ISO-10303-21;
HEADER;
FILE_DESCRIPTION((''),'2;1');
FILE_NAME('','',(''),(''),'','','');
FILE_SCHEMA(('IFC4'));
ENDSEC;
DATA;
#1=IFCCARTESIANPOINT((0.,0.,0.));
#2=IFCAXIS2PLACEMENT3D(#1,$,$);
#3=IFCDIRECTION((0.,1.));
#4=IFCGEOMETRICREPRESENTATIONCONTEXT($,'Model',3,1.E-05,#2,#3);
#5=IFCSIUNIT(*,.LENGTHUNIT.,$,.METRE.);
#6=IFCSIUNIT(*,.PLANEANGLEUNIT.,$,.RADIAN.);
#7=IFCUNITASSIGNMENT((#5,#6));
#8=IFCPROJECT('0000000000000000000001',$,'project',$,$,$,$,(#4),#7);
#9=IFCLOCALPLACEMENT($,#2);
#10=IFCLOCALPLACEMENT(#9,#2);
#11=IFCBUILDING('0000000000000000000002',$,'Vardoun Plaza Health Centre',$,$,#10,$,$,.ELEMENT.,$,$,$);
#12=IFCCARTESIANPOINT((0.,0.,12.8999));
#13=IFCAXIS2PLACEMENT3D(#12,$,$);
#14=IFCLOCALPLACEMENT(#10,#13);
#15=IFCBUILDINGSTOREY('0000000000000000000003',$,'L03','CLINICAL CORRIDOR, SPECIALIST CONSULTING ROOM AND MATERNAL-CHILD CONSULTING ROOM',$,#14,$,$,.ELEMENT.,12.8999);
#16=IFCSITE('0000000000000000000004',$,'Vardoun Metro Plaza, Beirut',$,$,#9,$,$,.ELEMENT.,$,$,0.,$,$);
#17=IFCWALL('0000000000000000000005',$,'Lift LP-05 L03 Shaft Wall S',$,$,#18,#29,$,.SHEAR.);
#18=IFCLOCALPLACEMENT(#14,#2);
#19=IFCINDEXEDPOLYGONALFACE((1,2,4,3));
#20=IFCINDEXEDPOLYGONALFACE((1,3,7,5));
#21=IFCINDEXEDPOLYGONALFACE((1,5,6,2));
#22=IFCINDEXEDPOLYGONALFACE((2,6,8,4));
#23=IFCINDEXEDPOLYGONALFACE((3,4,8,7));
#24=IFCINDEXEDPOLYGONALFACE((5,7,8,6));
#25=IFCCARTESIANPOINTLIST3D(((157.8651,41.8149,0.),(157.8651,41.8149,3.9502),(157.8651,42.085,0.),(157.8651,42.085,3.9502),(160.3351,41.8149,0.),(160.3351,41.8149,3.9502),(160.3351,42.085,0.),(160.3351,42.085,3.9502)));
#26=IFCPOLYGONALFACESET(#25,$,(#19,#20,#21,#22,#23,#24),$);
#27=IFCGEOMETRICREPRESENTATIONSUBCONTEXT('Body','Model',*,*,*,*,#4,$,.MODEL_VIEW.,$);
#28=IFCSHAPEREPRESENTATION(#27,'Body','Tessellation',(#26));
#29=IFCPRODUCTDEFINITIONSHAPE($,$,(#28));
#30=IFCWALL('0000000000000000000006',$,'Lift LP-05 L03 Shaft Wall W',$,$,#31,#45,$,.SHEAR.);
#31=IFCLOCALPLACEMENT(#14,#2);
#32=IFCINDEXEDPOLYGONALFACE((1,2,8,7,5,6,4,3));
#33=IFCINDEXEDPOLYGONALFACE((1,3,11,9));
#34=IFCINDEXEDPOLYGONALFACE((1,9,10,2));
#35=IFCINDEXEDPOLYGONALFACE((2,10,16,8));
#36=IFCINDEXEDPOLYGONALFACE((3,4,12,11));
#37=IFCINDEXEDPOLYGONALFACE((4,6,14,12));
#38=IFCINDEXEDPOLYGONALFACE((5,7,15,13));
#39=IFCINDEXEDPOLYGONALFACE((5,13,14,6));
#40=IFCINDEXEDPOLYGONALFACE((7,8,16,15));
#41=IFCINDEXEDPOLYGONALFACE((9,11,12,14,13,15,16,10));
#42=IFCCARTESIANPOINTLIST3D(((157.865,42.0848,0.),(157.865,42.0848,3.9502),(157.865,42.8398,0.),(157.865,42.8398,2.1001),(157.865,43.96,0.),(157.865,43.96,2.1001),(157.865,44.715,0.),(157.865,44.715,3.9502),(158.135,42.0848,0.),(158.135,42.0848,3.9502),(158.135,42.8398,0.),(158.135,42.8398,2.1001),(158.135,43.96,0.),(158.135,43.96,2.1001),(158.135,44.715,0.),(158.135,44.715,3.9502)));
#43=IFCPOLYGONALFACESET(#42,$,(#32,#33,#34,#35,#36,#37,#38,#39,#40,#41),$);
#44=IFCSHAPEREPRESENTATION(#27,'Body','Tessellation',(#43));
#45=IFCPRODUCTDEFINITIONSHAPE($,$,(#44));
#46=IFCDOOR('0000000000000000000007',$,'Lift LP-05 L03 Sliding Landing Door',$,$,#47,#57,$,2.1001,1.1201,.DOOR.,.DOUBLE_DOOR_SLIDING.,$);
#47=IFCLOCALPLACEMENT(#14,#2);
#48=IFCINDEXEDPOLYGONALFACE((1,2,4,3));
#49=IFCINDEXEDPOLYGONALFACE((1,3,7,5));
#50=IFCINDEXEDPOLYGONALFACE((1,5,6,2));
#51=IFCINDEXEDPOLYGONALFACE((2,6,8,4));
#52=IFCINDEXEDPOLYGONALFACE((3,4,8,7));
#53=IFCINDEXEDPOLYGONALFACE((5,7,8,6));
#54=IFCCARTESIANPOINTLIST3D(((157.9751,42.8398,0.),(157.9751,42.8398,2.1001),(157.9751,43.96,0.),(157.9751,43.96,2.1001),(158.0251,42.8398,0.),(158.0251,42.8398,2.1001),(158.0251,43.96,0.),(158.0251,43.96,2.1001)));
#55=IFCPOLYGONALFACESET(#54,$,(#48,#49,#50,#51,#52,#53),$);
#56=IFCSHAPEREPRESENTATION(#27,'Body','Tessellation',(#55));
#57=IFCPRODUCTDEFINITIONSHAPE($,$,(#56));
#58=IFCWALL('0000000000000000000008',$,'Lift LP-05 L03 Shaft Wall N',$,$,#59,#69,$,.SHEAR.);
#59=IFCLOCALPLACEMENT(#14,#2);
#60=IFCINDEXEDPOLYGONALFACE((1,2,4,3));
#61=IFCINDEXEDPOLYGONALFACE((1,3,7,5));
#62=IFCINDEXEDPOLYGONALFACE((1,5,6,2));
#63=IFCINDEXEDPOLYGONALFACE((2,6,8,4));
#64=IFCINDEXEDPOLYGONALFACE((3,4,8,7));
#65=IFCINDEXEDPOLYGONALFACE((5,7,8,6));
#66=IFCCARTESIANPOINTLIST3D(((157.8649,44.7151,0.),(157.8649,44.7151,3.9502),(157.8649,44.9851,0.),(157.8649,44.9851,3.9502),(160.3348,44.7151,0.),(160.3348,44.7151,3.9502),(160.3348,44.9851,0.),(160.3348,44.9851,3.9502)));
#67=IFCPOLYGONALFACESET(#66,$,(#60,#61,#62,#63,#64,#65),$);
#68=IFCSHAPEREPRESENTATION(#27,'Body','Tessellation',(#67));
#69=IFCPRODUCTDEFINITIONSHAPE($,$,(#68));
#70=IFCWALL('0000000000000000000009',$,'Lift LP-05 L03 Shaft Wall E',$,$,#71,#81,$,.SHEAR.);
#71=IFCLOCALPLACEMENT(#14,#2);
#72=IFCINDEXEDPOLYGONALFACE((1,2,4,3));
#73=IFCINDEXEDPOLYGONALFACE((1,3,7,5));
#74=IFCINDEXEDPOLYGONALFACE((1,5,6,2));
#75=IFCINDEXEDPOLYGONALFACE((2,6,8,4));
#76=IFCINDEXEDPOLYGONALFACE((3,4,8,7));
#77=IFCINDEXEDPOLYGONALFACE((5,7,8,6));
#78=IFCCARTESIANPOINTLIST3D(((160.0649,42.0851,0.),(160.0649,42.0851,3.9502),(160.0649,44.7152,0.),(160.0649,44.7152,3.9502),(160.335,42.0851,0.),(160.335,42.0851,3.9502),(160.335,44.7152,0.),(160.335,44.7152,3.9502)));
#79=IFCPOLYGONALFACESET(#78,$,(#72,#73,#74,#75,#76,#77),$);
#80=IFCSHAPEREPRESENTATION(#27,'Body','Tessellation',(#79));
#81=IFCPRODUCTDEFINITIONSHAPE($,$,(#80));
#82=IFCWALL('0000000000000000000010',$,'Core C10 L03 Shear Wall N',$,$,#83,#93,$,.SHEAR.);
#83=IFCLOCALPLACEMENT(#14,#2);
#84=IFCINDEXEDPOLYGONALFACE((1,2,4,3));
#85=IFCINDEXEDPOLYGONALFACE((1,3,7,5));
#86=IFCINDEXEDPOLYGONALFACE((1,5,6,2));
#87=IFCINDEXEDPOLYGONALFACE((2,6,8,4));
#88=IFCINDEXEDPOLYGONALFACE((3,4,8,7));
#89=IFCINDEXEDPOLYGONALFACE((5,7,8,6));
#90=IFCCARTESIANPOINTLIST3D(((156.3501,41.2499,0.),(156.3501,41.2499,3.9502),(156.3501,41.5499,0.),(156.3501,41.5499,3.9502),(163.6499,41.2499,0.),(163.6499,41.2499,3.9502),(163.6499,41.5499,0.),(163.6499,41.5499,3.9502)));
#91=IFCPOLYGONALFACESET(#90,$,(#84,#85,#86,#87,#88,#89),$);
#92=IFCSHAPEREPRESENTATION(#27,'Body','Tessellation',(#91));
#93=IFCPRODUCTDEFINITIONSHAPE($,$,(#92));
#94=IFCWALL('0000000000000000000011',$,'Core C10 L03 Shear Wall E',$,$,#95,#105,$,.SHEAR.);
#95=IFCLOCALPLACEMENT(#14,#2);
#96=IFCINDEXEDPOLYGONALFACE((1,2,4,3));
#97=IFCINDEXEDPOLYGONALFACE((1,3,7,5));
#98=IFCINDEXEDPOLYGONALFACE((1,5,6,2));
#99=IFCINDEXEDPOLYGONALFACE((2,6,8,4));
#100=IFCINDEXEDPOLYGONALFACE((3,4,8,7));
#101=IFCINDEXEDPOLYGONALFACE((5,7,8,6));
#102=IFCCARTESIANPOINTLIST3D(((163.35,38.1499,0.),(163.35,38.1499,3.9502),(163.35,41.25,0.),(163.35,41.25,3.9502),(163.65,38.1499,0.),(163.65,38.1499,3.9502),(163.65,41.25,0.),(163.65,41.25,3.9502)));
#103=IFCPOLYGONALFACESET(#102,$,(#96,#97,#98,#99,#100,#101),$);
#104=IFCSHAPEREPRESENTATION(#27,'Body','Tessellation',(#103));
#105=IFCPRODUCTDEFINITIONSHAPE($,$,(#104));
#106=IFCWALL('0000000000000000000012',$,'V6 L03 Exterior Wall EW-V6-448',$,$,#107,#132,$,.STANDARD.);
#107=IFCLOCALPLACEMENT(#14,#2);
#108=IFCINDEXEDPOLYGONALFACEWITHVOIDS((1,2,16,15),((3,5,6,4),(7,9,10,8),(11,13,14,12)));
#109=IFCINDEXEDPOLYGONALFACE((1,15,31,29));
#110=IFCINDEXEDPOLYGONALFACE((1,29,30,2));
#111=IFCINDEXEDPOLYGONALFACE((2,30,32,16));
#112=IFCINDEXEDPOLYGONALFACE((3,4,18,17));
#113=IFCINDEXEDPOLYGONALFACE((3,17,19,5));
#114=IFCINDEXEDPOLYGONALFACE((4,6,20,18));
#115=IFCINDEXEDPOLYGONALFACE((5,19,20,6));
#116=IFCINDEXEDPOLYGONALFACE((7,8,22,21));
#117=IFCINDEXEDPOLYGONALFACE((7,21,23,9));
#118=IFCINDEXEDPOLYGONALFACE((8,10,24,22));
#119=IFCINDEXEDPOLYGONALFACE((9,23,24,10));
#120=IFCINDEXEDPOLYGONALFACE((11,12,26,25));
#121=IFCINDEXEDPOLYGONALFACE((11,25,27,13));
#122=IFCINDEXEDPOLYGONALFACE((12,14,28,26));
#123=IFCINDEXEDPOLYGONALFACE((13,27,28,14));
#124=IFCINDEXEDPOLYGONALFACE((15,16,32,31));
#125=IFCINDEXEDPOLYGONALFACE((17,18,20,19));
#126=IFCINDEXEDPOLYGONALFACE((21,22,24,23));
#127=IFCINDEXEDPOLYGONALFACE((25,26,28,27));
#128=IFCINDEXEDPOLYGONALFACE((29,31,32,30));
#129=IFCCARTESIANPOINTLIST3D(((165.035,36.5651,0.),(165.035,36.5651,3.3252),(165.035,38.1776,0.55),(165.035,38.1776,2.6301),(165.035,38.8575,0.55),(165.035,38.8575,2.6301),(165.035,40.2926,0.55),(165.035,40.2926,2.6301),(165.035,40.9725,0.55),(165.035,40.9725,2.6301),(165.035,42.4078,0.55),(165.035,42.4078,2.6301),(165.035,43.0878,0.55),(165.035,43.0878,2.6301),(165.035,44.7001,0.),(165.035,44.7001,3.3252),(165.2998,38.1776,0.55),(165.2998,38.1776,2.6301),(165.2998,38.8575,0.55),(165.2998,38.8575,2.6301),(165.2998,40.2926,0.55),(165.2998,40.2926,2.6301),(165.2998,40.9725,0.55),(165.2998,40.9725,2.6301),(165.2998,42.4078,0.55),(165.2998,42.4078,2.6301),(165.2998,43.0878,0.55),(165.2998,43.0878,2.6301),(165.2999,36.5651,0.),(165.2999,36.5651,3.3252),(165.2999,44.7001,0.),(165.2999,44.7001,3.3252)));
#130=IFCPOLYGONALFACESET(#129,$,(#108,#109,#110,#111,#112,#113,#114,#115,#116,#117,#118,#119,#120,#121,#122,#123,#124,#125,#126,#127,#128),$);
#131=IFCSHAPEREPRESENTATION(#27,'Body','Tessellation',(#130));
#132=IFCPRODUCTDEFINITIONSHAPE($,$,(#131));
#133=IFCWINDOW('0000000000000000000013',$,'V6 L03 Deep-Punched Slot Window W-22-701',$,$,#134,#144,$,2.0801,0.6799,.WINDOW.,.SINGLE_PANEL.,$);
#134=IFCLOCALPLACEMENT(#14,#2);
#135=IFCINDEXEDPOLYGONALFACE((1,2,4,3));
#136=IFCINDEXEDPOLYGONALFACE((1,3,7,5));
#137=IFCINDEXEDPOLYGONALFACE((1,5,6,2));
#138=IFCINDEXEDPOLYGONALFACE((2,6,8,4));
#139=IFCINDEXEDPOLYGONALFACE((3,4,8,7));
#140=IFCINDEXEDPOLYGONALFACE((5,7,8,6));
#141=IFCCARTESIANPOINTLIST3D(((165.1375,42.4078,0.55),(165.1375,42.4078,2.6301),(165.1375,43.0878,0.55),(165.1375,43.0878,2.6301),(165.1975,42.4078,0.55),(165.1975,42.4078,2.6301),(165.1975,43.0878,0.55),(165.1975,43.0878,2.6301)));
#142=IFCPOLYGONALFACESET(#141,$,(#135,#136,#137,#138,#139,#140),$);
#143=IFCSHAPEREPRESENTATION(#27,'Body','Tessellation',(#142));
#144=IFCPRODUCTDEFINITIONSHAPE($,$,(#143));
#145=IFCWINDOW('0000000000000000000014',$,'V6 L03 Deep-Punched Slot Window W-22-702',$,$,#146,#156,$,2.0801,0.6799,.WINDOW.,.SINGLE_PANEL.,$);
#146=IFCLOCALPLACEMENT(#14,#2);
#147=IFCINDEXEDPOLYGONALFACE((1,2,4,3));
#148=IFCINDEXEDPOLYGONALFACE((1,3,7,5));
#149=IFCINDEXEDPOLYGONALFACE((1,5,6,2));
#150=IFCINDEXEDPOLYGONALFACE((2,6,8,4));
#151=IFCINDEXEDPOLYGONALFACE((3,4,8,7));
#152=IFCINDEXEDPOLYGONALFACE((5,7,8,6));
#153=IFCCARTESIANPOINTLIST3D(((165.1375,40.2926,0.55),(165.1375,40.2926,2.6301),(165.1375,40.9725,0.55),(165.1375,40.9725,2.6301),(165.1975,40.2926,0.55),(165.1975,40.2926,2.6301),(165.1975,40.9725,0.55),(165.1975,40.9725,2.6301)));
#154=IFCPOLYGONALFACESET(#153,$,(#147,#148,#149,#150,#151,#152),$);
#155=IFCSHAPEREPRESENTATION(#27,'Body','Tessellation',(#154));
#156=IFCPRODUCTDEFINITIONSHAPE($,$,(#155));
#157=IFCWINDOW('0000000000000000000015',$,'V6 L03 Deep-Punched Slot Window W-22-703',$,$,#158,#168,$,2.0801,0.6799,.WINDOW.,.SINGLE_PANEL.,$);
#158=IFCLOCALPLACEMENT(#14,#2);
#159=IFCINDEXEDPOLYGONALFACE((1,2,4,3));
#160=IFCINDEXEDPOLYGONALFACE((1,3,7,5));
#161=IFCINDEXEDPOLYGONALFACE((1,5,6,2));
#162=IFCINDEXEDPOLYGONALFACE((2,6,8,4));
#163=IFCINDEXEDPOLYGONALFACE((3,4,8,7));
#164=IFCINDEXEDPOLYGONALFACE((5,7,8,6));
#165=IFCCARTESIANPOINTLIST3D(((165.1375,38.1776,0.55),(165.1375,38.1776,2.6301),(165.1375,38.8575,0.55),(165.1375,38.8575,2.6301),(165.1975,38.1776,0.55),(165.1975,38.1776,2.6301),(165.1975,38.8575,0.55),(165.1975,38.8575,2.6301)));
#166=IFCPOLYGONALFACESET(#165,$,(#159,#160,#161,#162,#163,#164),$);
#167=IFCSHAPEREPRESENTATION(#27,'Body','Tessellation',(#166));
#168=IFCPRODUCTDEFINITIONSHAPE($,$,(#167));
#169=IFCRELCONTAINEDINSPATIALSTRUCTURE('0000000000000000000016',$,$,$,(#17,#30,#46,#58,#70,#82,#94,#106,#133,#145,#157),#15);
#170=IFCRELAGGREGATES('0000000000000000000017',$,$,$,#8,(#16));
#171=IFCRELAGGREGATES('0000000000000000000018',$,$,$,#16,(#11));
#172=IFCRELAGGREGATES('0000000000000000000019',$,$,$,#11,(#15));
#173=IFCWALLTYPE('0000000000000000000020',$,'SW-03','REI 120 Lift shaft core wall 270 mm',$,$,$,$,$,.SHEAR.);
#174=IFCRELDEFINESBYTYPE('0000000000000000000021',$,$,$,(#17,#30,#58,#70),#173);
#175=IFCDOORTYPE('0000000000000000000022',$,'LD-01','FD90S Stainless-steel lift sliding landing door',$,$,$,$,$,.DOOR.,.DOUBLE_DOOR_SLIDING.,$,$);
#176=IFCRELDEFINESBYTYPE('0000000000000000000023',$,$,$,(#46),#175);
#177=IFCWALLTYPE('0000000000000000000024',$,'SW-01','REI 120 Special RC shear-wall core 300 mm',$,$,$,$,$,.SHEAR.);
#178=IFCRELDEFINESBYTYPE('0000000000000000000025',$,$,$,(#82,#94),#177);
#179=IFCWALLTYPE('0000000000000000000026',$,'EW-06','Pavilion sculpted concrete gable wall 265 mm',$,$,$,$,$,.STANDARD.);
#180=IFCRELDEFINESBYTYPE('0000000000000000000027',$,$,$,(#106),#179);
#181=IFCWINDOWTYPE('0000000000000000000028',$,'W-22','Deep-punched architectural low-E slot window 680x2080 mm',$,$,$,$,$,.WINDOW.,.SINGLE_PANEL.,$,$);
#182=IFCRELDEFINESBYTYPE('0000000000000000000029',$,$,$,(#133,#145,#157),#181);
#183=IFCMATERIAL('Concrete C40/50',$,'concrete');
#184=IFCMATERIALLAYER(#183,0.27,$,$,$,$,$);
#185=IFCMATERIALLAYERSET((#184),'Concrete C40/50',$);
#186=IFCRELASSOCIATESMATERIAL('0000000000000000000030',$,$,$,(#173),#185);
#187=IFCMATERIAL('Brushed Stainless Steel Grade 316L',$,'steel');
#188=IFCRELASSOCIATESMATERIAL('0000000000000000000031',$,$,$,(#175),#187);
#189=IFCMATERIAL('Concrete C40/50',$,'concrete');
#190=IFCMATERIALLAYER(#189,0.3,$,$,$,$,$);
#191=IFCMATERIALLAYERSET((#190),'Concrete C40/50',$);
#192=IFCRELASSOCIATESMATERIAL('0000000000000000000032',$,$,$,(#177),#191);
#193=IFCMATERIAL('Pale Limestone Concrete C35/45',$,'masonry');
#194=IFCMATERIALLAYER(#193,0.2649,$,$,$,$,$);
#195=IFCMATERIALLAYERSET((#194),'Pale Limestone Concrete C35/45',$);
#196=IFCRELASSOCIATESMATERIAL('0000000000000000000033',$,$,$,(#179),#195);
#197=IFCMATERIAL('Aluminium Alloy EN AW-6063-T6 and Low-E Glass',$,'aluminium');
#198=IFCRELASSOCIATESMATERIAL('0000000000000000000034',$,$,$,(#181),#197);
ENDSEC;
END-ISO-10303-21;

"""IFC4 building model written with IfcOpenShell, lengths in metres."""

from ifc_helpers import new_model, si_unit, direction, frame, frame_2d, origin, place, context, subcontext, project, spatial, rectangle, extrude, material, layer, layer_set, type_object, element, fill, save


model = new_model("IFC4")

# Units and contexts
model_context = context("Model", 3, precision=1e-05, world=origin(), true_north=direction((0.0, 1.0)))
body_context = subcontext(model_context, "Body", "Model", "MODEL_VIEW")
ifc_project = project(units=[si_unit("LENGTHUNIT", "METRE"), si_unit("PLANEANGLEUNIT", "RADIAN")], contexts=[model_context])

# Site, building, storey
site_placement = place(None, origin())
site = spatial("IfcSite", under=ifc_project, at=site_placement, Name="Vardoun Metro Plaza, Beirut", CompositionType="ELEMENT", RefElevation=0.0)
building_placement = place(site_placement, origin())
building = spatial("IfcBuilding", under=site, at=building_placement, Name="Vardoun Plaza Health Centre", CompositionType="ELEMENT")
storey_placement = place(building_placement, frame((0.0, 0.0, 12.8999)))
storey = spatial("IfcBuildingStorey", under=building, at=storey_placement, Name="L03", Description="CLINICAL CORRIDOR, SPECIALIST CONSULTING ROOM AND MATERNAL-CHILD CONSULTING ROOM", CompositionType="ELEMENT", Elevation=12.8999)

# Wall
ifc_material_1 = material(Name="Concrete C40/50", Category="concrete")
ifc_layer_1 = layer(ifc_material_1, 0.27)
ifc_layer_set_1 = layer_set([ifc_layer_1], Name="Concrete C40/50")
wall_type_1 = type_object("IfcWallType", Name="SW-03", Description="REI 120 Lift shaft core wall 270 mm", PredefinedType="SHEAR", material=ifc_layer_set_1)
wall_1_placement = place(storey_placement, frame((160.335, 41.95, 0.0), z_axis=(0.0, 0.0, 1.0), x_axis=(-1.0, 0.0, 0.0)))
element("IfcWall", 1, at=wall_1_placement, inside=storey, type_object=wall_type_1, Name="Lift LP-05 L03 Shaft Wall S", PredefinedType="SHEAR", context=body_context, shape_type="SweptSolid", body=[
    extrude(rectangle(XDim=2.47, YDim=0.27, at=frame_2d((1.2349, 0.0))), origin(), (0.0, 0.0, 1.0), 3.9502),
])

# Wall, opening, door
wall_2_placement = place(storey_placement, frame((158.0, 42.085, 0.0), z_axis=(0.0, 0.0, 1.0), x_axis=(0.0, 1.0, 0.0)))
wall_2 = element("IfcWall", 2, at=wall_2_placement, inside=storey, type_object=wall_type_1, Name="Lift LP-05 L03 Shaft Wall W", PredefinedType="SHEAR", context=body_context, shape_type="SweptSolid", body=[
    extrude(rectangle(XDim=2.6301, YDim=0.27, at=frame_2d((1.3149, 0.0))), origin(), (0.0, 0.0, 1.0), 3.9502),
])
opening_1_placement = place(wall_2_placement, frame((0.7549, 0.0, 0.0)))
opening_1 = element("IfcOpeningElement", 3, at=opening_1_placement, cuts=wall_2, PredefinedType="OPENING", context=body_context, shape_type="SweptSolid", body=[
    extrude(rectangle(XDim=1.1201, YDim=2.1001, at=frame_2d((0.5601, 1.05))), frame((0.0, 0.135, 0.0), z_axis=(0.0, -1.0, 0.0), x_axis=(1.0, 0.0, 0.0)), (0.0, 0.0, 1.0), 0.27),
])
ifc_material_2 = material(Name="Brushed Stainless Steel Grade 316L", Category="steel")
door_type = type_object("IfcDoorType", Name="LD-01", Description="FD90S Stainless-steel lift sliding landing door", OperationType="DOUBLE_DOOR_SLIDING", PredefinedType="DOOR", material=ifc_material_2)
door_placement = place(opening_1_placement, origin())
door = element("IfcDoor", 4, at=door_placement, inside=storey, type_object=door_type, Name="Lift LP-05 L03 Sliding Landing Door", OperationType="DOUBLE_DOOR_SLIDING", OverallHeight=2.1001, OverallWidth=1.1201, PredefinedType="DOOR", context=body_context, shape_type="SweptSolid", body=[
    extrude(rectangle(XDim=1.1201, YDim=2.1001, at=frame_2d((0.5601, 1.05))), frame((0.0, 0.0249, 0.0), z_axis=(0.0, -1.0, 0.0), x_axis=(1.0, 0.0, 0.0)), (0.0, 0.0, 1.0), 0.05),
])
fill(opening_1, door)

# Walls
wall_3_placement = place(storey_placement, frame((157.865, 44.8501, 0.0), z_axis=(0.0, 0.0, 1.0), x_axis=(1.0, 0.0, 0.0)))
element("IfcWall", 5, at=wall_3_placement, inside=storey, type_object=wall_type_1, Name="Lift LP-05 L03 Shaft Wall N", PredefinedType="SHEAR", context=body_context, shape_type="SweptSolid", body=[
    extrude(rectangle(XDim=2.47, YDim=0.27, at=frame_2d((1.2349, 0.0))), origin(), (0.0, 0.0, 1.0), 3.9502),
])
wall_4_placement = place(storey_placement, frame((160.2, 44.7151, 0.0), z_axis=(0.0, 0.0, 1.0), x_axis=(0.0, -1.0, 0.0)))
element("IfcWall", 6, at=wall_4_placement, inside=storey, type_object=wall_type_1, Name="Lift LP-05 L03 Shaft Wall E", PredefinedType="SHEAR", context=body_context, shape_type="SweptSolid", body=[
    extrude(rectangle(XDim=2.6301, YDim=0.27, at=frame_2d((1.3149, 0.0))), origin(), (0.0, 0.0, 1.0), 3.9502),
])
ifc_material_3 = material(Name="Concrete C40/50", Category="concrete")
ifc_layer_2 = layer(ifc_material_3, 0.3)
ifc_layer_set_2 = layer_set([ifc_layer_2], Name="Concrete C40/50")
wall_type_2 = type_object("IfcWallType", Name="SW-01", Description="REI 120 Special RC shear-wall core 300 mm", PredefinedType="SHEAR", material=ifc_layer_set_2)
wall_5_placement = place(storey_placement, frame((156.3501, 41.3999, 0.0), z_axis=(0.0, 0.0, 1.0), x_axis=(1.0, 0.0, 0.0)))
element("IfcWall", 7, at=wall_5_placement, inside=storey, type_object=wall_type_2, Name="Core C10 L03 Shear Wall N", PredefinedType="SHEAR", context=body_context, shape_type="SweptSolid", body=[
    extrude(rectangle(XDim=7.2998, YDim=0.3, at=frame_2d((3.6499, 0.0))), origin(), (0.0, 0.0, 1.0), 3.9502),
])
wall_6_placement = place(storey_placement, frame((163.5, 41.25, 0.0), z_axis=(0.0, 0.0, 1.0), x_axis=(0.0, -1.0, 0.0)))
element("IfcWall", 8, at=wall_6_placement, inside=storey, type_object=wall_type_2, Name="Core C10 L03 Shear Wall E", PredefinedType="SHEAR", context=body_context, shape_type="SweptSolid", body=[
    extrude(rectangle(XDim=3.1001, YDim=0.3, at=frame_2d((1.55, 0.0))), origin(), (0.0, 0.0, 1.0), 3.9502),
])

# Wall, openings, windows
ifc_material_4 = material(Name="Pale Limestone Concrete C35/45", Category="masonry")
ifc_layer_3 = layer(ifc_material_4, 0.2649)
ifc_layer_set_3 = layer_set([ifc_layer_3], Name="Pale Limestone Concrete C35/45")
wall_type_3 = type_object("IfcWallType", Name="EW-06", Description="Pavilion sculpted concrete gable wall 265 mm", PredefinedType="STANDARD", material=ifc_layer_set_3)
wall_7_placement = place(storey_placement, frame((165.1675, 44.7, 0.0), z_axis=(0.0, 0.0, 1.0), x_axis=(0.0, -1.0, 0.0)))
wall_7 = element("IfcWall", 9, at=wall_7_placement, inside=storey, type_object=wall_type_3, Name="V6 L03 Exterior Wall EW-V6-448", PredefinedType="STANDARD", context=body_context, shape_type="SweptSolid", body=[
    extrude(rectangle(XDim=8.135, YDim=0.2649, at=frame_2d((4.0674, 0.0))), origin(), (0.0, 0.0, 1.0), 3.3252),
])
opening_2_placement = place(wall_7_placement, frame((1.6123, 0.0, 0.55)))
opening_2 = element("IfcOpeningElement", 10, at=opening_2_placement, cuts=wall_7, PredefinedType="OPENING", context=body_context, shape_type="SweptSolid", body=[
    extrude(rectangle(XDim=0.6799, YDim=2.0801, at=frame_2d((0.3398, 1.04))), frame((0.0, 0.1323, 0.0), z_axis=(0.0, -1.0, 0.0), x_axis=(1.0, 0.0, 0.0)), (0.0, 0.0, 1.0), 0.2649),
])
opening_3_placement = place(wall_7_placement, frame((3.7275, 0.0, 0.55)))
opening_3 = element("IfcOpeningElement", 11, at=opening_3_placement, cuts=wall_7, PredefinedType="OPENING", context=body_context, shape_type="SweptSolid", body=[
    extrude(rectangle(XDim=0.6799, YDim=2.0801, at=frame_2d((0.3398, 1.04))), frame((0.0, 0.1323, 0.0), z_axis=(0.0, -1.0, 0.0), x_axis=(1.0, 0.0, 0.0)), (0.0, 0.0, 1.0), 0.2649),
])
opening_4_placement = place(wall_7_placement, frame((5.8425, 0.0, 0.55)))
opening_4 = element("IfcOpeningElement", 12, at=opening_4_placement, cuts=wall_7, PredefinedType="OPENING", context=body_context, shape_type="SweptSolid", body=[
    extrude(rectangle(XDim=0.6799, YDim=2.0801, at=frame_2d((0.3398, 1.04))), frame((0.0, 0.1323, 0.0), z_axis=(0.0, -1.0, 0.0), x_axis=(1.0, 0.0, 0.0)), (0.0, 0.0, 1.0), 0.2649),
])
ifc_material_5 = material(Name="Aluminium Alloy EN AW-6063-T6 and Low-E Glass", Category="aluminium")
window_type = type_object("IfcWindowType", Name="W-22", Description="Deep-punched architectural low-E slot window 680x2080 mm", PartitioningType="SINGLE_PANEL", PredefinedType="WINDOW", material=ifc_material_5)
window_1_placement = place(opening_2_placement, origin())
window_1 = element("IfcWindow", 13, at=window_1_placement, inside=storey, type_object=window_type, Name="V6 L03 Deep-Punched Slot Window W-22-701", OverallHeight=2.0801, OverallWidth=0.6799, PartitioningType="SINGLE_PANEL", PredefinedType="WINDOW", context=body_context, shape_type="SweptSolid", body=[
    extrude(rectangle(XDim=0.6799, YDim=2.0801, at=frame_2d((0.3398, 1.04))), frame((0.0, 0.03, 0.0), z_axis=(0.0, -1.0, 0.0), x_axis=(1.0, 0.0, 0.0)), (0.0, 0.0, 1.0), 0.0601),
])
fill(opening_2, window_1)
window_2_placement = place(opening_3_placement, origin())
window_2 = element("IfcWindow", 14, at=window_2_placement, inside=storey, type_object=window_type, Name="V6 L03 Deep-Punched Slot Window W-22-702", OverallHeight=2.0801, OverallWidth=0.6799, PartitioningType="SINGLE_PANEL", PredefinedType="WINDOW", context=body_context, shape_type="SweptSolid", body=[
    extrude(rectangle(XDim=0.6799, YDim=2.0801, at=frame_2d((0.3398, 1.04))), frame((0.0, 0.03, 0.0), z_axis=(0.0, -1.0, 0.0), x_axis=(1.0, 0.0, 0.0)), (0.0, 0.0, 1.0), 0.0601),
])
fill(opening_3, window_2)
window_3_placement = place(opening_4_placement, origin())
window_3 = element("IfcWindow", 15, at=window_3_placement, inside=storey, type_object=window_type, Name="V6 L03 Deep-Punched Slot Window W-22-703", OverallHeight=2.0801, OverallWidth=0.6799, PartitioningType="SINGLE_PANEL", PredefinedType="WINDOW", context=body_context, shape_type="SweptSolid", body=[
    extrude(rectangle(XDim=0.6799, YDim=2.0801, at=frame_2d((0.3398, 1.04))), frame((0.0, 0.03, 0.0), z_axis=(0.0, -1.0, 0.0), x_axis=(1.0, 0.0, 0.0)), (0.0, 0.0, 1.0), 0.0601),
])
fill(opening_4, window_3)

save(model, "model.ifc")
